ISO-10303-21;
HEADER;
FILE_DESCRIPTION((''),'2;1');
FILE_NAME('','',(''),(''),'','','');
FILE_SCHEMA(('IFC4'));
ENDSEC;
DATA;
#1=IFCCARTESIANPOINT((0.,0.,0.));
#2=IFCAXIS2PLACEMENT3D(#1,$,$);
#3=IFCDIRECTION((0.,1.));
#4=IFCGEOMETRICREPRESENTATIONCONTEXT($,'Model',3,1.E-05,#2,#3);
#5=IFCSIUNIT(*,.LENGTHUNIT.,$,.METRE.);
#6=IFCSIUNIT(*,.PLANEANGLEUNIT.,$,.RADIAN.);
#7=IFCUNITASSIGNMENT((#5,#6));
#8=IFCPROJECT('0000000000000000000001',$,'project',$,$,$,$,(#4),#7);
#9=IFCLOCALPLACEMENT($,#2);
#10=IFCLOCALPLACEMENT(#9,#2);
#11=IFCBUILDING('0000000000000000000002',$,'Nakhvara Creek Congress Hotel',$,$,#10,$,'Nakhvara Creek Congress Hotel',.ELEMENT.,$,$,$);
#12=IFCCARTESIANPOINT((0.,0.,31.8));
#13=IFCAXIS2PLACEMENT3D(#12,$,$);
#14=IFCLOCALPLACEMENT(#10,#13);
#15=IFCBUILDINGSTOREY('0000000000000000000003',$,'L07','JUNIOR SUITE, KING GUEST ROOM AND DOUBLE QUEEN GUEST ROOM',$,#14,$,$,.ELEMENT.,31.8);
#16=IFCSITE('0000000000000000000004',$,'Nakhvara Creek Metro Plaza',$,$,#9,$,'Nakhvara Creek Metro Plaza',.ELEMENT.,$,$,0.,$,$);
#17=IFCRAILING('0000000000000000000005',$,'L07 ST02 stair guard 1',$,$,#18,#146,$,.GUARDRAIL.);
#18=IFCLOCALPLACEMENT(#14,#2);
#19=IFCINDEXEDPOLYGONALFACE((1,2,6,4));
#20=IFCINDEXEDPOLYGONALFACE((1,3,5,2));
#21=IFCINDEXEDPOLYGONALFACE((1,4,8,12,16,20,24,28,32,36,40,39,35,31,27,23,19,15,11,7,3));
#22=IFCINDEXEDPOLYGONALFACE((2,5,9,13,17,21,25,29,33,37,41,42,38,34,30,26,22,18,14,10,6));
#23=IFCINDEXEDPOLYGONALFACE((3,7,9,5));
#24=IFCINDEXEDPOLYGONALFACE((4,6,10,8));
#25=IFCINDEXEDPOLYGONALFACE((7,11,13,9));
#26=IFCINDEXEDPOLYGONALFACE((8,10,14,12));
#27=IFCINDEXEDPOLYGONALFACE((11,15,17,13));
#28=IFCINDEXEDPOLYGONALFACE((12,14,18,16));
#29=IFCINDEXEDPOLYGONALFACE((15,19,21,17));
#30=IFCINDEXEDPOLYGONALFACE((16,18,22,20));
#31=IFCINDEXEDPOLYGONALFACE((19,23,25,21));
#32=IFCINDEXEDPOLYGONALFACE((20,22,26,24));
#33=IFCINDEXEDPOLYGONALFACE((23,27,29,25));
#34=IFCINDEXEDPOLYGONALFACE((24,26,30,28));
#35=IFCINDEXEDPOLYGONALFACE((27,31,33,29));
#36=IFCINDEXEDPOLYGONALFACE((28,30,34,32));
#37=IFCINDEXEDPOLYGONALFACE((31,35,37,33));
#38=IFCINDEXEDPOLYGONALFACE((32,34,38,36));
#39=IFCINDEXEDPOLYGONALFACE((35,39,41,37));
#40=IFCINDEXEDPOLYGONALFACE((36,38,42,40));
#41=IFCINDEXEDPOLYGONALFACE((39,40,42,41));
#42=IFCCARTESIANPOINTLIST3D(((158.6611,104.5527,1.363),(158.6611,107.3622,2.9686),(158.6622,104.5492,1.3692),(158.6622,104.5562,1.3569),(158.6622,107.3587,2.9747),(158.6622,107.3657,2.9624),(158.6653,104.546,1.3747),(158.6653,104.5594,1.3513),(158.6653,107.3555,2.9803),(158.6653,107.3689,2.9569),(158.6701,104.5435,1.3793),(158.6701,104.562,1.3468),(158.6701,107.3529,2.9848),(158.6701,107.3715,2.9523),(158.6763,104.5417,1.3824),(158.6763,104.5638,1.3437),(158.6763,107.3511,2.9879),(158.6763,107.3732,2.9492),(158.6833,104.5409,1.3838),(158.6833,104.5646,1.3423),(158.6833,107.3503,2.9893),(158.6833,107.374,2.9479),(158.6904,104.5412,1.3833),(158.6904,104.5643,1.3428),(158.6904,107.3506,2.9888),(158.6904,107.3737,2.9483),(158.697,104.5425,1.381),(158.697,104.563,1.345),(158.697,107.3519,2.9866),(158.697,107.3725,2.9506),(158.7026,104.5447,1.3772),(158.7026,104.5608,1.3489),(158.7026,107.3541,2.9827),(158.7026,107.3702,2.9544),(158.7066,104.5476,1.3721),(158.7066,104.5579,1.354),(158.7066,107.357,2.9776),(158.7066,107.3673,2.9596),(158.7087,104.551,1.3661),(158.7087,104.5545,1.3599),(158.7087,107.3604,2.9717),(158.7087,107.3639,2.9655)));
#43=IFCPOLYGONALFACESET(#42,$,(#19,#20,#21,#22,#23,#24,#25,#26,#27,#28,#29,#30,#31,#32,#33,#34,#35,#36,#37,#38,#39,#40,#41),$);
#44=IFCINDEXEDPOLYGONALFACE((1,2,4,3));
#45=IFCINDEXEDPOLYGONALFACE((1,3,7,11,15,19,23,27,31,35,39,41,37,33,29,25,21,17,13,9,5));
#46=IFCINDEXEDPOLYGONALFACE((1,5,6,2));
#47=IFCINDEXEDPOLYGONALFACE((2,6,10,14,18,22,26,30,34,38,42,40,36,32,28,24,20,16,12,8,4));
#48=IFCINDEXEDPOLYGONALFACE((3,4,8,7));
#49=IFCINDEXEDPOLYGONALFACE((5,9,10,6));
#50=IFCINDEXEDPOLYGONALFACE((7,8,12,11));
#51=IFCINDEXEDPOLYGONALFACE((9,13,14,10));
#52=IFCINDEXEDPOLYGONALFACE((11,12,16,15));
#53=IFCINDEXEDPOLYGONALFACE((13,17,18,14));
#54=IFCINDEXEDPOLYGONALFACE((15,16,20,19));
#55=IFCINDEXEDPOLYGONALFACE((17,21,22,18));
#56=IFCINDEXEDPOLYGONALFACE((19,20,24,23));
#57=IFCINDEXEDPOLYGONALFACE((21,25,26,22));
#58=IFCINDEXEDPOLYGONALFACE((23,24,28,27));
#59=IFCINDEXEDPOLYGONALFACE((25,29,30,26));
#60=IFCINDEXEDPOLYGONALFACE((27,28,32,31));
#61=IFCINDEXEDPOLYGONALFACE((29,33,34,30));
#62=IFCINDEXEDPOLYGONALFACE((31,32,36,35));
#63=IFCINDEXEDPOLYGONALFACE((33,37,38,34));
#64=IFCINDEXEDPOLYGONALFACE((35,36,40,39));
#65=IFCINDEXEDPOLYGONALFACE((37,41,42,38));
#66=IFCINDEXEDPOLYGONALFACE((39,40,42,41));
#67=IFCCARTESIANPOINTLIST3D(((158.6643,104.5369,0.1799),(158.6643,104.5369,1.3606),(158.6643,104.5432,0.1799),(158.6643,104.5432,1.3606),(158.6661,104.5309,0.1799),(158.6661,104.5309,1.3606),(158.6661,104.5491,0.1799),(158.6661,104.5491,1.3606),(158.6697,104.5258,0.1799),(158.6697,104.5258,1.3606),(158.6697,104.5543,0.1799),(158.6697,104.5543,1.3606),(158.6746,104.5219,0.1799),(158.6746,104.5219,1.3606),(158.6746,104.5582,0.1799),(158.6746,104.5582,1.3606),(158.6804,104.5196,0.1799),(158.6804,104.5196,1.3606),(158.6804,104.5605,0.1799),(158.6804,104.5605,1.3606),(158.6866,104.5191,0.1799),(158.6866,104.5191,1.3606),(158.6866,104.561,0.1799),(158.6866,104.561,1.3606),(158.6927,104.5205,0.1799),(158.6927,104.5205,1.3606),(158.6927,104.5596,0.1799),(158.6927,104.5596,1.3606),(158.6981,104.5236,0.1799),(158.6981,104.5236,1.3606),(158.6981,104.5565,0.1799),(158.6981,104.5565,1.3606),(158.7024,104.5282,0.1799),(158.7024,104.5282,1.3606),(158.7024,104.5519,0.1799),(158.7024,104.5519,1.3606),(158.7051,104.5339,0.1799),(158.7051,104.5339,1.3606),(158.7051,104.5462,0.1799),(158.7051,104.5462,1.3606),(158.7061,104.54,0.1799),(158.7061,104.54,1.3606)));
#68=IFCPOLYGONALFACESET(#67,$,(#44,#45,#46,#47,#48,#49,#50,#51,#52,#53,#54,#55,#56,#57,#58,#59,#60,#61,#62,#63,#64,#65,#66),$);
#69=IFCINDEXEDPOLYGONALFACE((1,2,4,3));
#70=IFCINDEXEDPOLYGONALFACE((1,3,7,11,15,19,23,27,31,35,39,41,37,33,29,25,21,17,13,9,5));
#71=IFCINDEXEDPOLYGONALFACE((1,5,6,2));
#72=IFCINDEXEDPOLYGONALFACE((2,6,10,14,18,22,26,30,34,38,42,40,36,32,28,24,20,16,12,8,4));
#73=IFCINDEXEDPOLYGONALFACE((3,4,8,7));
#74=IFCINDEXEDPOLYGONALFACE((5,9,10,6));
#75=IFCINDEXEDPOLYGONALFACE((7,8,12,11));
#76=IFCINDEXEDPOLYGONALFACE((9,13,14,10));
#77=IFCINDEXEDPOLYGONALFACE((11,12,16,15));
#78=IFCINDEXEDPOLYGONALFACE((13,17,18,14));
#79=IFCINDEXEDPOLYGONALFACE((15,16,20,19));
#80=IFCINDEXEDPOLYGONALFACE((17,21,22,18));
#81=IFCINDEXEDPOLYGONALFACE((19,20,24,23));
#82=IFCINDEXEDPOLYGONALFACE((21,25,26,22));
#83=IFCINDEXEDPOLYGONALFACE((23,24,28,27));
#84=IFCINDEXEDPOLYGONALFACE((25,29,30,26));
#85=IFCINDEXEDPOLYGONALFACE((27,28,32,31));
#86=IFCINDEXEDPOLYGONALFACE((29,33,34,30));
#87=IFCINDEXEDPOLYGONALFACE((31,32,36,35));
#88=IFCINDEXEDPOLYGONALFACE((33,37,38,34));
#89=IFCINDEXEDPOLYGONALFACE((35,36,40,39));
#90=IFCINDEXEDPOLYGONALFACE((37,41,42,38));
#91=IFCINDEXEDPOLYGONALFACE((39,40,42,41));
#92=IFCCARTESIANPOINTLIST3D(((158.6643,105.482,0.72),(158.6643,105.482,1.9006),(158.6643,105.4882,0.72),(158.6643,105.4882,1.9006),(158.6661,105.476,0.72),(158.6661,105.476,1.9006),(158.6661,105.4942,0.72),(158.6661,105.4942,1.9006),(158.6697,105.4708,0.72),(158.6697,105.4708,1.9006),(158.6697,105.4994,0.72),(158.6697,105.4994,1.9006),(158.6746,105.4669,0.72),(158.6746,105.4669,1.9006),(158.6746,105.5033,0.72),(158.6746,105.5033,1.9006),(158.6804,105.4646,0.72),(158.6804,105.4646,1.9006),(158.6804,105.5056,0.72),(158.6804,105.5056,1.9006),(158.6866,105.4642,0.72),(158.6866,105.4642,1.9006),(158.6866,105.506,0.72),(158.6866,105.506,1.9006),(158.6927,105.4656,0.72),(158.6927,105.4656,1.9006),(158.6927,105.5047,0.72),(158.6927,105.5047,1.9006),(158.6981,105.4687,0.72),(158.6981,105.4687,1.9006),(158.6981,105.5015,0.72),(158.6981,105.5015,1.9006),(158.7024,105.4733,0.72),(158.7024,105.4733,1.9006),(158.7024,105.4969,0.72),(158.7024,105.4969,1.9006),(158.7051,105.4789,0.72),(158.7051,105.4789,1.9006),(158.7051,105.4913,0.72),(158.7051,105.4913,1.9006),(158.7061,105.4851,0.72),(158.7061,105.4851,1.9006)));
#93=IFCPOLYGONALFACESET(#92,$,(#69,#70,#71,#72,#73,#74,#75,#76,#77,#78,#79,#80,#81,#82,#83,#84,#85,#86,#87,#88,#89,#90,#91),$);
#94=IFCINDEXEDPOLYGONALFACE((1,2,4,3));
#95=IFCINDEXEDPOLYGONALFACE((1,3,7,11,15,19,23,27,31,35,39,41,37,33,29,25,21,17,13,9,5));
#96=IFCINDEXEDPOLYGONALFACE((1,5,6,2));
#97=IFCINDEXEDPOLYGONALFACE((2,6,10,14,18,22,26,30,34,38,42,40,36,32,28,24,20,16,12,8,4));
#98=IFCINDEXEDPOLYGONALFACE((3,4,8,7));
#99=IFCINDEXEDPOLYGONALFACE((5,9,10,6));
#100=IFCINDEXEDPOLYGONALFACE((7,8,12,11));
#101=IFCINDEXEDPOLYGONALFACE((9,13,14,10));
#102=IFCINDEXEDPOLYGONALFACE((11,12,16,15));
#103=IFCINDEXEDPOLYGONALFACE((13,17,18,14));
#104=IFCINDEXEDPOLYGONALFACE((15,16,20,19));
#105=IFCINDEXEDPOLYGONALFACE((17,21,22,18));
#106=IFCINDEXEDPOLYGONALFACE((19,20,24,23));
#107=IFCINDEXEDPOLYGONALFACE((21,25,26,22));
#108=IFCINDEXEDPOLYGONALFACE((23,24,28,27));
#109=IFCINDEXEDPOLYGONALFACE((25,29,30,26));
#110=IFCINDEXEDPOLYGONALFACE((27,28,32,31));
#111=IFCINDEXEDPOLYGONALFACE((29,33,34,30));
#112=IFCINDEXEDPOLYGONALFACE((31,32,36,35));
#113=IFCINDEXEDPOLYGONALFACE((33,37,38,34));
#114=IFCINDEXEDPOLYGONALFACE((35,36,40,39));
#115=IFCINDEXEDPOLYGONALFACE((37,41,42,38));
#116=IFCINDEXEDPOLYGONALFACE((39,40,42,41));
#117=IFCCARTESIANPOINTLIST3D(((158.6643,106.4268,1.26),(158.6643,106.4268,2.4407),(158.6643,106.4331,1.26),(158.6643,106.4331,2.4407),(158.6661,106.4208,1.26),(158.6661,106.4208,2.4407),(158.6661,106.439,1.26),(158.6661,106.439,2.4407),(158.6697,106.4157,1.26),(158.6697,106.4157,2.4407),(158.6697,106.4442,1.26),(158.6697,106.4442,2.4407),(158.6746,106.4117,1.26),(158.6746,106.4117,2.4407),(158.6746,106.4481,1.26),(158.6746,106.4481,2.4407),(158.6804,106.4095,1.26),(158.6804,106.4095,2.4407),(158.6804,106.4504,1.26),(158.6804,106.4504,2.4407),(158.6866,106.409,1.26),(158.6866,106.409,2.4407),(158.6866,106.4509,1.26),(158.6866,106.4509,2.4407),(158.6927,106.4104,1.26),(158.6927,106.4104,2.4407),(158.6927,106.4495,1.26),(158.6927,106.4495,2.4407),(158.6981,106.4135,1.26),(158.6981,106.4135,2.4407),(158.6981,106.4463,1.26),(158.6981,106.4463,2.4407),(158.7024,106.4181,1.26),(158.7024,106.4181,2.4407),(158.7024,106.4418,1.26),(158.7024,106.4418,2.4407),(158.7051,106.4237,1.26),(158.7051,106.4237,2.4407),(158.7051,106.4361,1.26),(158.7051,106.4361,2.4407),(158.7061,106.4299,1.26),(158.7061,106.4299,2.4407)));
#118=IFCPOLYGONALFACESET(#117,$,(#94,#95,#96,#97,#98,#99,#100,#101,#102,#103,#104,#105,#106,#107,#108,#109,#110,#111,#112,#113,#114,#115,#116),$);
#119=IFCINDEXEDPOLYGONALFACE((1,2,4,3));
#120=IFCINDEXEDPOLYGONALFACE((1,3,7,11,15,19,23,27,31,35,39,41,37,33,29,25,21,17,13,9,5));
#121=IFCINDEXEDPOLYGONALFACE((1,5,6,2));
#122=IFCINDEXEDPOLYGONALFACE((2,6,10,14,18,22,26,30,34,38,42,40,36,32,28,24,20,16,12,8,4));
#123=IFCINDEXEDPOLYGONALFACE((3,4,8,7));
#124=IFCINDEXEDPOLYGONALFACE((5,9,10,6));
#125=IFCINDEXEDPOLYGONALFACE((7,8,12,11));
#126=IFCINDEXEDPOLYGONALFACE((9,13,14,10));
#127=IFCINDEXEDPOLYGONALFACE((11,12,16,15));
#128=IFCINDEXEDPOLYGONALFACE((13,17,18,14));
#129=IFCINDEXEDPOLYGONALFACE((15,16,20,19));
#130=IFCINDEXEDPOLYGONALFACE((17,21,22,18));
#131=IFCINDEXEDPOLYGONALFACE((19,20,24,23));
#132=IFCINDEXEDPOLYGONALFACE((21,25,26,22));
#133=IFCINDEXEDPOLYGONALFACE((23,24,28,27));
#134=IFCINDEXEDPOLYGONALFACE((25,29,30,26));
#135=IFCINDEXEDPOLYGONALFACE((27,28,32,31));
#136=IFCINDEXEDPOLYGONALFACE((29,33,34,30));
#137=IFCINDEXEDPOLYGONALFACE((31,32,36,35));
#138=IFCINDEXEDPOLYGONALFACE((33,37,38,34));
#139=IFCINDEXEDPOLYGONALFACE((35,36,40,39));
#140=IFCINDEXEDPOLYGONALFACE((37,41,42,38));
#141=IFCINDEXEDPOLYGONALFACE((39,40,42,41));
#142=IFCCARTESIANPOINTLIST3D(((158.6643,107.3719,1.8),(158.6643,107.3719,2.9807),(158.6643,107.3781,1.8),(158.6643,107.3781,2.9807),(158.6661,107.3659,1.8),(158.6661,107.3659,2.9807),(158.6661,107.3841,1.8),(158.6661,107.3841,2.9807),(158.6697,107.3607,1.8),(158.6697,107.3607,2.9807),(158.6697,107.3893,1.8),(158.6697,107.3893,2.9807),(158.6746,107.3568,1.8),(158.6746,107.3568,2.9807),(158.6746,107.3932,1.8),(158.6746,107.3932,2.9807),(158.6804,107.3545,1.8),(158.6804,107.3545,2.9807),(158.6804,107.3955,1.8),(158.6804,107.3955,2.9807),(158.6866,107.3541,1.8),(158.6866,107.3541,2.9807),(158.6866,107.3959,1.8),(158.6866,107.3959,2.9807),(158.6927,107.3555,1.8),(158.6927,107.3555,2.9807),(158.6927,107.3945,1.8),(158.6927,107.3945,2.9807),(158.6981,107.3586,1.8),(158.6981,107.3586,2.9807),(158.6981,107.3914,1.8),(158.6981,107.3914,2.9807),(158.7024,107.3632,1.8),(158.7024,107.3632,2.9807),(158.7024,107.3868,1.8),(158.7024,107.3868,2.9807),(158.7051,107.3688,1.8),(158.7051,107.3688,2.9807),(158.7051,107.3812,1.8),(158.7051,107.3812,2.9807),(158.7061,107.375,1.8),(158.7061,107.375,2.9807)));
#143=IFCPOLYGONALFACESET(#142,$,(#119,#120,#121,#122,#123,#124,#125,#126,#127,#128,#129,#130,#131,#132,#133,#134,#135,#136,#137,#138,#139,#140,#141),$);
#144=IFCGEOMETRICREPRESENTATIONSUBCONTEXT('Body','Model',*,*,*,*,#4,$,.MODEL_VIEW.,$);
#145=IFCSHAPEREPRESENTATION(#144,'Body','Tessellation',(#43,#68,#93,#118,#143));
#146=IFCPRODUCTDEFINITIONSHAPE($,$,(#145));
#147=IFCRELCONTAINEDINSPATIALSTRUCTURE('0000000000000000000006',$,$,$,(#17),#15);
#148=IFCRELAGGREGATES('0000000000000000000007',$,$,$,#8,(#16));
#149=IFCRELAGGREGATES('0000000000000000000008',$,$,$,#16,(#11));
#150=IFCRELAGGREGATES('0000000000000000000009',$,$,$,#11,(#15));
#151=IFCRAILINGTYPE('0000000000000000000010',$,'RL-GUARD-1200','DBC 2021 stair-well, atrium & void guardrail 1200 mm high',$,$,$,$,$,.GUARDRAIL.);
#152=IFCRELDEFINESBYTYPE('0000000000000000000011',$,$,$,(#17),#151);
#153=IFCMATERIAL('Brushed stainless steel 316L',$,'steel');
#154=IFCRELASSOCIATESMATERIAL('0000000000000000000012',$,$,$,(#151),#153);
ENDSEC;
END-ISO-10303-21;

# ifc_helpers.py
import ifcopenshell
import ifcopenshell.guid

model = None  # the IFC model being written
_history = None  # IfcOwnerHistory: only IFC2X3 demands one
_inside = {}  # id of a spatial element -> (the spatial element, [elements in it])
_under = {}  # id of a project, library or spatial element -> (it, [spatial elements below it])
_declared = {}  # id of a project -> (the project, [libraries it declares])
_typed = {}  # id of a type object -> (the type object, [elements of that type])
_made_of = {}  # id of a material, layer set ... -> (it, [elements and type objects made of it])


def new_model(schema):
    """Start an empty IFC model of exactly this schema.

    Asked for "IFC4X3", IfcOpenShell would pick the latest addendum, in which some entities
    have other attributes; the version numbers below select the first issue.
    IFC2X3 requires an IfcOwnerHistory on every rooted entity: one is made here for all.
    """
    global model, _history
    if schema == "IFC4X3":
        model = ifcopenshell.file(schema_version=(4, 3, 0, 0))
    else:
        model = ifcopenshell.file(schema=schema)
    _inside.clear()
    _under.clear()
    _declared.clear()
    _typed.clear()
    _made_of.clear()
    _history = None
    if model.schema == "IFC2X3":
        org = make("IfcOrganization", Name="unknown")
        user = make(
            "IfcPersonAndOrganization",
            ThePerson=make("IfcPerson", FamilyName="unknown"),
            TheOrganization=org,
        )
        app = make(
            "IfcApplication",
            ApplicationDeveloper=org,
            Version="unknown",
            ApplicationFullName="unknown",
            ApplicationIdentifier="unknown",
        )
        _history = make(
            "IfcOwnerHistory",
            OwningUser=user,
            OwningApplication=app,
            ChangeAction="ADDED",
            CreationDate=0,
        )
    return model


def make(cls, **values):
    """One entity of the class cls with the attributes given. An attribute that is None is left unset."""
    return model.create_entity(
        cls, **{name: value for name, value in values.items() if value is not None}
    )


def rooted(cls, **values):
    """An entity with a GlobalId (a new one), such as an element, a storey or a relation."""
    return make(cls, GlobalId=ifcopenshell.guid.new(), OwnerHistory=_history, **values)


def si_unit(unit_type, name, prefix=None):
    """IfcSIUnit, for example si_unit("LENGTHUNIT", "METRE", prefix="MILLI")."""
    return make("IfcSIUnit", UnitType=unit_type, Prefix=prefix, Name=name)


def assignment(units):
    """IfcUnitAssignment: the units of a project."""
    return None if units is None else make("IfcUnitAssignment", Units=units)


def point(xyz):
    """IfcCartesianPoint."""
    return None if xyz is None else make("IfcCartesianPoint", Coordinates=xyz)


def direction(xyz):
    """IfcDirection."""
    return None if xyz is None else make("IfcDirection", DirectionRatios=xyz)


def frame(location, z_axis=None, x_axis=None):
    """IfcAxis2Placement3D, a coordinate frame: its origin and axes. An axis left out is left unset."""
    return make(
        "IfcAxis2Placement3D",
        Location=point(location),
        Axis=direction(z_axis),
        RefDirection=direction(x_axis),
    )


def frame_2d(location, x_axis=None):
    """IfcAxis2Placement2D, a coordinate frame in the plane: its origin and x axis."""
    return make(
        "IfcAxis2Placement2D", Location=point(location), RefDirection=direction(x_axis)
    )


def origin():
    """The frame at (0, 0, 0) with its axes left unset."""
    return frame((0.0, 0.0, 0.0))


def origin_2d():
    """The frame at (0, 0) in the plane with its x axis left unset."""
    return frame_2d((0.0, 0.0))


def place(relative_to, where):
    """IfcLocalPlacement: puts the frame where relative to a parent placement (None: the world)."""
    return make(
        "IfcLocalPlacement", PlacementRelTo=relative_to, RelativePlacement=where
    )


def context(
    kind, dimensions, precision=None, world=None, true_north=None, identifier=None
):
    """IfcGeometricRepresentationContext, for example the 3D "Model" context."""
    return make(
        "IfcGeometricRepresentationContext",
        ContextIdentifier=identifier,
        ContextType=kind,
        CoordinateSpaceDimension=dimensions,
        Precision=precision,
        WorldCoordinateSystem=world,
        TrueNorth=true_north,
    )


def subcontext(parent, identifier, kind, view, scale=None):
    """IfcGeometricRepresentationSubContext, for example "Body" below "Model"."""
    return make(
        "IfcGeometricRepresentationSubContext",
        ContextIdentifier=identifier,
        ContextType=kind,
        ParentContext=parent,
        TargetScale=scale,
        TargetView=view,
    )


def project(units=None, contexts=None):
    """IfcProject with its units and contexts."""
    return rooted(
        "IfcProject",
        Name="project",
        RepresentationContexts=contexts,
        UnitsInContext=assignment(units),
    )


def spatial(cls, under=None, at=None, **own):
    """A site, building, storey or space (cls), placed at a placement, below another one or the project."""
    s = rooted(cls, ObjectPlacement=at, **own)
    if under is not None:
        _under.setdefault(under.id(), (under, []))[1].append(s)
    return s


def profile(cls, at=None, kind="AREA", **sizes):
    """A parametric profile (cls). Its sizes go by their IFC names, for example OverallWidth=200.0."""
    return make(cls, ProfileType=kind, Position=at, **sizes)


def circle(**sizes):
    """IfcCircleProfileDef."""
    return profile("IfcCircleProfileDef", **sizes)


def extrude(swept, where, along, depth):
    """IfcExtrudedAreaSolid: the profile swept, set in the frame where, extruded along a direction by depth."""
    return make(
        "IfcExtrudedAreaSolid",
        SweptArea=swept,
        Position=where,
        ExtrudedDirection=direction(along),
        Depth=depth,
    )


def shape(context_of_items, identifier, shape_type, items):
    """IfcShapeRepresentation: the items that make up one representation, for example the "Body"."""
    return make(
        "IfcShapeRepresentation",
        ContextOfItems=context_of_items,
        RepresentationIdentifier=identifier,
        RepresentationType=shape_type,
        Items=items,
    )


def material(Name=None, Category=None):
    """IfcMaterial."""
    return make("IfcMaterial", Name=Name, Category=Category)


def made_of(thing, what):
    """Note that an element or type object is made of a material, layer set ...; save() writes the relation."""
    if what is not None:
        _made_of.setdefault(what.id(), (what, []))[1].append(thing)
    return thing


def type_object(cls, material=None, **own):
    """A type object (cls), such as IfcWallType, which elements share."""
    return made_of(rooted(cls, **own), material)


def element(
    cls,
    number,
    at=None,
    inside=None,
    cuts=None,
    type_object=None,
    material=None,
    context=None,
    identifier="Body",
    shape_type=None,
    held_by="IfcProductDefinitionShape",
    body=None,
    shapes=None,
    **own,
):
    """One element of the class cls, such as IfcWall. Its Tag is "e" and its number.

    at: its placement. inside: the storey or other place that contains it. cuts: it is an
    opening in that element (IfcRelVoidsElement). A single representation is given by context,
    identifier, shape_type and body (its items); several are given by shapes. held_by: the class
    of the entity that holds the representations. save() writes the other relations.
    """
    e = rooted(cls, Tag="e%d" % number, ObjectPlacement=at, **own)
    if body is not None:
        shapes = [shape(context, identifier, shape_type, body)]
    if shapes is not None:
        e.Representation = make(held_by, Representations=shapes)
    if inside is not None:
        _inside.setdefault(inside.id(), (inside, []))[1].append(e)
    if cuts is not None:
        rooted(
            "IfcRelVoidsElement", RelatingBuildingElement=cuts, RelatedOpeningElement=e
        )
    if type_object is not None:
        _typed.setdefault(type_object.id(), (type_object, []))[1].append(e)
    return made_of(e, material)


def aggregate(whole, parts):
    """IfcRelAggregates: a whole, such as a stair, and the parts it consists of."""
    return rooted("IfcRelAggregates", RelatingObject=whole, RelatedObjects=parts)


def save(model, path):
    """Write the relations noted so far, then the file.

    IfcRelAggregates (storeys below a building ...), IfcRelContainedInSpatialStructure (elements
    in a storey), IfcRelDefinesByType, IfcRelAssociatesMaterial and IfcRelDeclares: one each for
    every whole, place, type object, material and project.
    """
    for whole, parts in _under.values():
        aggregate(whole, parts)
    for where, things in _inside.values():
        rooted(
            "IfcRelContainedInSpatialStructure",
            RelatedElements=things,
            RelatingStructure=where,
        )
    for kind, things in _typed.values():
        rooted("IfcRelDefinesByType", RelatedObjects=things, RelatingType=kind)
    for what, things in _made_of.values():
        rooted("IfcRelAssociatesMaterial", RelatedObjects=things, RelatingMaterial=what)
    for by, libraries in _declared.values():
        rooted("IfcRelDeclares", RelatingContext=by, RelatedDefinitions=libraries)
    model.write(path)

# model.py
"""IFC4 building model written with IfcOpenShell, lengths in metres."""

from ifc_helpers import new_model, si_unit, direction, frame, origin, origin_2d, place, context, subcontext, project, spatial, circle, extrude, material, type_object, element, save


model = new_model("IFC4")

# Units and contexts
model_context = context("Model", 3, precision=1e-05, world=origin(), true_north=direction((0.0, 1.0)))
body_context = subcontext(model_context, "Body", "Model", "MODEL_VIEW")
ifc_project = project(units=[si_unit("LENGTHUNIT", "METRE"), si_unit("PLANEANGLEUNIT", "RADIAN")], contexts=[model_context])

# Site, building, storey
site_placement = place(None, origin())
site = spatial("IfcSite", under=ifc_project, at=site_placement, Name="Nakhvara Creek Metro Plaza", LongName="Nakhvara Creek Metro Plaza", CompositionType="ELEMENT", RefElevation=0.0)
building_placement = place(site_placement, origin())
building = spatial("IfcBuilding", under=site, at=building_placement, Name="Nakhvara Creek Congress Hotel", LongName="Nakhvara Creek Congress Hotel", CompositionType="ELEMENT")
storey_placement = place(building_placement, frame((0.0, 0.0, 31.8)))
storey = spatial("IfcBuildingStorey", under=building, at=storey_placement, Name="L07", Description="JUNIOR SUITE, KING GUEST ROOM AND DOUBLE QUEEN GUEST ROOM", CompositionType="ELEMENT", Elevation=31.8)

# Railing
ifc_material_1 = material(Name="Brushed stainless steel 316L", Category="steel")
railing_type_1 = type_object("IfcRailingType", Name="RL-GUARD-1200", Description="DBC 2021 stair-well, atrium & void guardrail 1200 mm high", PredefinedType="GUARDRAIL", material=ifc_material_1)
railing_1_placement = place(storey_placement, frame((158.6851, 104.54, 0.1799)))
element("IfcRailing", 1, at=railing_1_placement, inside=storey, type_object=railing_type_1, Name="L07 ST02 stair guard 1", PredefinedType="GUARDRAIL", context=body_context, shape_type="SweptSolid", body=[
    extrude(circle(Radius=0.0239, at=origin_2d()), frame((0.0, 0.0127, 1.1831), z_axis=(0.0, 0.868225, 0.496171), x_axis=(-1.0, 0.0, 0.0)), (0.0, 0.0, 1.0), 3.2358),
    extrude(circle(Radius=0.021, at=origin_2d()), origin(), (0.0, 0.0, 1.0), 1.1807),
    extrude(circle(Radius=0.021, at=origin_2d()), frame((0.0, 0.9451, 0.54)), (0.0, 0.0, 1.0), 1.1807),
    extrude(circle(Radius=0.021, at=origin_2d()), frame((0.0, 1.8899, 1.0801)), (0.0, 0.0, 1.0), 1.1807),
    extrude(circle(Radius=0.021, at=origin_2d()), frame((0.0, 2.835, 1.6201)), (0.0, 0.0, 1.0), 1.1807),
])

save(model, "model.ifc")
